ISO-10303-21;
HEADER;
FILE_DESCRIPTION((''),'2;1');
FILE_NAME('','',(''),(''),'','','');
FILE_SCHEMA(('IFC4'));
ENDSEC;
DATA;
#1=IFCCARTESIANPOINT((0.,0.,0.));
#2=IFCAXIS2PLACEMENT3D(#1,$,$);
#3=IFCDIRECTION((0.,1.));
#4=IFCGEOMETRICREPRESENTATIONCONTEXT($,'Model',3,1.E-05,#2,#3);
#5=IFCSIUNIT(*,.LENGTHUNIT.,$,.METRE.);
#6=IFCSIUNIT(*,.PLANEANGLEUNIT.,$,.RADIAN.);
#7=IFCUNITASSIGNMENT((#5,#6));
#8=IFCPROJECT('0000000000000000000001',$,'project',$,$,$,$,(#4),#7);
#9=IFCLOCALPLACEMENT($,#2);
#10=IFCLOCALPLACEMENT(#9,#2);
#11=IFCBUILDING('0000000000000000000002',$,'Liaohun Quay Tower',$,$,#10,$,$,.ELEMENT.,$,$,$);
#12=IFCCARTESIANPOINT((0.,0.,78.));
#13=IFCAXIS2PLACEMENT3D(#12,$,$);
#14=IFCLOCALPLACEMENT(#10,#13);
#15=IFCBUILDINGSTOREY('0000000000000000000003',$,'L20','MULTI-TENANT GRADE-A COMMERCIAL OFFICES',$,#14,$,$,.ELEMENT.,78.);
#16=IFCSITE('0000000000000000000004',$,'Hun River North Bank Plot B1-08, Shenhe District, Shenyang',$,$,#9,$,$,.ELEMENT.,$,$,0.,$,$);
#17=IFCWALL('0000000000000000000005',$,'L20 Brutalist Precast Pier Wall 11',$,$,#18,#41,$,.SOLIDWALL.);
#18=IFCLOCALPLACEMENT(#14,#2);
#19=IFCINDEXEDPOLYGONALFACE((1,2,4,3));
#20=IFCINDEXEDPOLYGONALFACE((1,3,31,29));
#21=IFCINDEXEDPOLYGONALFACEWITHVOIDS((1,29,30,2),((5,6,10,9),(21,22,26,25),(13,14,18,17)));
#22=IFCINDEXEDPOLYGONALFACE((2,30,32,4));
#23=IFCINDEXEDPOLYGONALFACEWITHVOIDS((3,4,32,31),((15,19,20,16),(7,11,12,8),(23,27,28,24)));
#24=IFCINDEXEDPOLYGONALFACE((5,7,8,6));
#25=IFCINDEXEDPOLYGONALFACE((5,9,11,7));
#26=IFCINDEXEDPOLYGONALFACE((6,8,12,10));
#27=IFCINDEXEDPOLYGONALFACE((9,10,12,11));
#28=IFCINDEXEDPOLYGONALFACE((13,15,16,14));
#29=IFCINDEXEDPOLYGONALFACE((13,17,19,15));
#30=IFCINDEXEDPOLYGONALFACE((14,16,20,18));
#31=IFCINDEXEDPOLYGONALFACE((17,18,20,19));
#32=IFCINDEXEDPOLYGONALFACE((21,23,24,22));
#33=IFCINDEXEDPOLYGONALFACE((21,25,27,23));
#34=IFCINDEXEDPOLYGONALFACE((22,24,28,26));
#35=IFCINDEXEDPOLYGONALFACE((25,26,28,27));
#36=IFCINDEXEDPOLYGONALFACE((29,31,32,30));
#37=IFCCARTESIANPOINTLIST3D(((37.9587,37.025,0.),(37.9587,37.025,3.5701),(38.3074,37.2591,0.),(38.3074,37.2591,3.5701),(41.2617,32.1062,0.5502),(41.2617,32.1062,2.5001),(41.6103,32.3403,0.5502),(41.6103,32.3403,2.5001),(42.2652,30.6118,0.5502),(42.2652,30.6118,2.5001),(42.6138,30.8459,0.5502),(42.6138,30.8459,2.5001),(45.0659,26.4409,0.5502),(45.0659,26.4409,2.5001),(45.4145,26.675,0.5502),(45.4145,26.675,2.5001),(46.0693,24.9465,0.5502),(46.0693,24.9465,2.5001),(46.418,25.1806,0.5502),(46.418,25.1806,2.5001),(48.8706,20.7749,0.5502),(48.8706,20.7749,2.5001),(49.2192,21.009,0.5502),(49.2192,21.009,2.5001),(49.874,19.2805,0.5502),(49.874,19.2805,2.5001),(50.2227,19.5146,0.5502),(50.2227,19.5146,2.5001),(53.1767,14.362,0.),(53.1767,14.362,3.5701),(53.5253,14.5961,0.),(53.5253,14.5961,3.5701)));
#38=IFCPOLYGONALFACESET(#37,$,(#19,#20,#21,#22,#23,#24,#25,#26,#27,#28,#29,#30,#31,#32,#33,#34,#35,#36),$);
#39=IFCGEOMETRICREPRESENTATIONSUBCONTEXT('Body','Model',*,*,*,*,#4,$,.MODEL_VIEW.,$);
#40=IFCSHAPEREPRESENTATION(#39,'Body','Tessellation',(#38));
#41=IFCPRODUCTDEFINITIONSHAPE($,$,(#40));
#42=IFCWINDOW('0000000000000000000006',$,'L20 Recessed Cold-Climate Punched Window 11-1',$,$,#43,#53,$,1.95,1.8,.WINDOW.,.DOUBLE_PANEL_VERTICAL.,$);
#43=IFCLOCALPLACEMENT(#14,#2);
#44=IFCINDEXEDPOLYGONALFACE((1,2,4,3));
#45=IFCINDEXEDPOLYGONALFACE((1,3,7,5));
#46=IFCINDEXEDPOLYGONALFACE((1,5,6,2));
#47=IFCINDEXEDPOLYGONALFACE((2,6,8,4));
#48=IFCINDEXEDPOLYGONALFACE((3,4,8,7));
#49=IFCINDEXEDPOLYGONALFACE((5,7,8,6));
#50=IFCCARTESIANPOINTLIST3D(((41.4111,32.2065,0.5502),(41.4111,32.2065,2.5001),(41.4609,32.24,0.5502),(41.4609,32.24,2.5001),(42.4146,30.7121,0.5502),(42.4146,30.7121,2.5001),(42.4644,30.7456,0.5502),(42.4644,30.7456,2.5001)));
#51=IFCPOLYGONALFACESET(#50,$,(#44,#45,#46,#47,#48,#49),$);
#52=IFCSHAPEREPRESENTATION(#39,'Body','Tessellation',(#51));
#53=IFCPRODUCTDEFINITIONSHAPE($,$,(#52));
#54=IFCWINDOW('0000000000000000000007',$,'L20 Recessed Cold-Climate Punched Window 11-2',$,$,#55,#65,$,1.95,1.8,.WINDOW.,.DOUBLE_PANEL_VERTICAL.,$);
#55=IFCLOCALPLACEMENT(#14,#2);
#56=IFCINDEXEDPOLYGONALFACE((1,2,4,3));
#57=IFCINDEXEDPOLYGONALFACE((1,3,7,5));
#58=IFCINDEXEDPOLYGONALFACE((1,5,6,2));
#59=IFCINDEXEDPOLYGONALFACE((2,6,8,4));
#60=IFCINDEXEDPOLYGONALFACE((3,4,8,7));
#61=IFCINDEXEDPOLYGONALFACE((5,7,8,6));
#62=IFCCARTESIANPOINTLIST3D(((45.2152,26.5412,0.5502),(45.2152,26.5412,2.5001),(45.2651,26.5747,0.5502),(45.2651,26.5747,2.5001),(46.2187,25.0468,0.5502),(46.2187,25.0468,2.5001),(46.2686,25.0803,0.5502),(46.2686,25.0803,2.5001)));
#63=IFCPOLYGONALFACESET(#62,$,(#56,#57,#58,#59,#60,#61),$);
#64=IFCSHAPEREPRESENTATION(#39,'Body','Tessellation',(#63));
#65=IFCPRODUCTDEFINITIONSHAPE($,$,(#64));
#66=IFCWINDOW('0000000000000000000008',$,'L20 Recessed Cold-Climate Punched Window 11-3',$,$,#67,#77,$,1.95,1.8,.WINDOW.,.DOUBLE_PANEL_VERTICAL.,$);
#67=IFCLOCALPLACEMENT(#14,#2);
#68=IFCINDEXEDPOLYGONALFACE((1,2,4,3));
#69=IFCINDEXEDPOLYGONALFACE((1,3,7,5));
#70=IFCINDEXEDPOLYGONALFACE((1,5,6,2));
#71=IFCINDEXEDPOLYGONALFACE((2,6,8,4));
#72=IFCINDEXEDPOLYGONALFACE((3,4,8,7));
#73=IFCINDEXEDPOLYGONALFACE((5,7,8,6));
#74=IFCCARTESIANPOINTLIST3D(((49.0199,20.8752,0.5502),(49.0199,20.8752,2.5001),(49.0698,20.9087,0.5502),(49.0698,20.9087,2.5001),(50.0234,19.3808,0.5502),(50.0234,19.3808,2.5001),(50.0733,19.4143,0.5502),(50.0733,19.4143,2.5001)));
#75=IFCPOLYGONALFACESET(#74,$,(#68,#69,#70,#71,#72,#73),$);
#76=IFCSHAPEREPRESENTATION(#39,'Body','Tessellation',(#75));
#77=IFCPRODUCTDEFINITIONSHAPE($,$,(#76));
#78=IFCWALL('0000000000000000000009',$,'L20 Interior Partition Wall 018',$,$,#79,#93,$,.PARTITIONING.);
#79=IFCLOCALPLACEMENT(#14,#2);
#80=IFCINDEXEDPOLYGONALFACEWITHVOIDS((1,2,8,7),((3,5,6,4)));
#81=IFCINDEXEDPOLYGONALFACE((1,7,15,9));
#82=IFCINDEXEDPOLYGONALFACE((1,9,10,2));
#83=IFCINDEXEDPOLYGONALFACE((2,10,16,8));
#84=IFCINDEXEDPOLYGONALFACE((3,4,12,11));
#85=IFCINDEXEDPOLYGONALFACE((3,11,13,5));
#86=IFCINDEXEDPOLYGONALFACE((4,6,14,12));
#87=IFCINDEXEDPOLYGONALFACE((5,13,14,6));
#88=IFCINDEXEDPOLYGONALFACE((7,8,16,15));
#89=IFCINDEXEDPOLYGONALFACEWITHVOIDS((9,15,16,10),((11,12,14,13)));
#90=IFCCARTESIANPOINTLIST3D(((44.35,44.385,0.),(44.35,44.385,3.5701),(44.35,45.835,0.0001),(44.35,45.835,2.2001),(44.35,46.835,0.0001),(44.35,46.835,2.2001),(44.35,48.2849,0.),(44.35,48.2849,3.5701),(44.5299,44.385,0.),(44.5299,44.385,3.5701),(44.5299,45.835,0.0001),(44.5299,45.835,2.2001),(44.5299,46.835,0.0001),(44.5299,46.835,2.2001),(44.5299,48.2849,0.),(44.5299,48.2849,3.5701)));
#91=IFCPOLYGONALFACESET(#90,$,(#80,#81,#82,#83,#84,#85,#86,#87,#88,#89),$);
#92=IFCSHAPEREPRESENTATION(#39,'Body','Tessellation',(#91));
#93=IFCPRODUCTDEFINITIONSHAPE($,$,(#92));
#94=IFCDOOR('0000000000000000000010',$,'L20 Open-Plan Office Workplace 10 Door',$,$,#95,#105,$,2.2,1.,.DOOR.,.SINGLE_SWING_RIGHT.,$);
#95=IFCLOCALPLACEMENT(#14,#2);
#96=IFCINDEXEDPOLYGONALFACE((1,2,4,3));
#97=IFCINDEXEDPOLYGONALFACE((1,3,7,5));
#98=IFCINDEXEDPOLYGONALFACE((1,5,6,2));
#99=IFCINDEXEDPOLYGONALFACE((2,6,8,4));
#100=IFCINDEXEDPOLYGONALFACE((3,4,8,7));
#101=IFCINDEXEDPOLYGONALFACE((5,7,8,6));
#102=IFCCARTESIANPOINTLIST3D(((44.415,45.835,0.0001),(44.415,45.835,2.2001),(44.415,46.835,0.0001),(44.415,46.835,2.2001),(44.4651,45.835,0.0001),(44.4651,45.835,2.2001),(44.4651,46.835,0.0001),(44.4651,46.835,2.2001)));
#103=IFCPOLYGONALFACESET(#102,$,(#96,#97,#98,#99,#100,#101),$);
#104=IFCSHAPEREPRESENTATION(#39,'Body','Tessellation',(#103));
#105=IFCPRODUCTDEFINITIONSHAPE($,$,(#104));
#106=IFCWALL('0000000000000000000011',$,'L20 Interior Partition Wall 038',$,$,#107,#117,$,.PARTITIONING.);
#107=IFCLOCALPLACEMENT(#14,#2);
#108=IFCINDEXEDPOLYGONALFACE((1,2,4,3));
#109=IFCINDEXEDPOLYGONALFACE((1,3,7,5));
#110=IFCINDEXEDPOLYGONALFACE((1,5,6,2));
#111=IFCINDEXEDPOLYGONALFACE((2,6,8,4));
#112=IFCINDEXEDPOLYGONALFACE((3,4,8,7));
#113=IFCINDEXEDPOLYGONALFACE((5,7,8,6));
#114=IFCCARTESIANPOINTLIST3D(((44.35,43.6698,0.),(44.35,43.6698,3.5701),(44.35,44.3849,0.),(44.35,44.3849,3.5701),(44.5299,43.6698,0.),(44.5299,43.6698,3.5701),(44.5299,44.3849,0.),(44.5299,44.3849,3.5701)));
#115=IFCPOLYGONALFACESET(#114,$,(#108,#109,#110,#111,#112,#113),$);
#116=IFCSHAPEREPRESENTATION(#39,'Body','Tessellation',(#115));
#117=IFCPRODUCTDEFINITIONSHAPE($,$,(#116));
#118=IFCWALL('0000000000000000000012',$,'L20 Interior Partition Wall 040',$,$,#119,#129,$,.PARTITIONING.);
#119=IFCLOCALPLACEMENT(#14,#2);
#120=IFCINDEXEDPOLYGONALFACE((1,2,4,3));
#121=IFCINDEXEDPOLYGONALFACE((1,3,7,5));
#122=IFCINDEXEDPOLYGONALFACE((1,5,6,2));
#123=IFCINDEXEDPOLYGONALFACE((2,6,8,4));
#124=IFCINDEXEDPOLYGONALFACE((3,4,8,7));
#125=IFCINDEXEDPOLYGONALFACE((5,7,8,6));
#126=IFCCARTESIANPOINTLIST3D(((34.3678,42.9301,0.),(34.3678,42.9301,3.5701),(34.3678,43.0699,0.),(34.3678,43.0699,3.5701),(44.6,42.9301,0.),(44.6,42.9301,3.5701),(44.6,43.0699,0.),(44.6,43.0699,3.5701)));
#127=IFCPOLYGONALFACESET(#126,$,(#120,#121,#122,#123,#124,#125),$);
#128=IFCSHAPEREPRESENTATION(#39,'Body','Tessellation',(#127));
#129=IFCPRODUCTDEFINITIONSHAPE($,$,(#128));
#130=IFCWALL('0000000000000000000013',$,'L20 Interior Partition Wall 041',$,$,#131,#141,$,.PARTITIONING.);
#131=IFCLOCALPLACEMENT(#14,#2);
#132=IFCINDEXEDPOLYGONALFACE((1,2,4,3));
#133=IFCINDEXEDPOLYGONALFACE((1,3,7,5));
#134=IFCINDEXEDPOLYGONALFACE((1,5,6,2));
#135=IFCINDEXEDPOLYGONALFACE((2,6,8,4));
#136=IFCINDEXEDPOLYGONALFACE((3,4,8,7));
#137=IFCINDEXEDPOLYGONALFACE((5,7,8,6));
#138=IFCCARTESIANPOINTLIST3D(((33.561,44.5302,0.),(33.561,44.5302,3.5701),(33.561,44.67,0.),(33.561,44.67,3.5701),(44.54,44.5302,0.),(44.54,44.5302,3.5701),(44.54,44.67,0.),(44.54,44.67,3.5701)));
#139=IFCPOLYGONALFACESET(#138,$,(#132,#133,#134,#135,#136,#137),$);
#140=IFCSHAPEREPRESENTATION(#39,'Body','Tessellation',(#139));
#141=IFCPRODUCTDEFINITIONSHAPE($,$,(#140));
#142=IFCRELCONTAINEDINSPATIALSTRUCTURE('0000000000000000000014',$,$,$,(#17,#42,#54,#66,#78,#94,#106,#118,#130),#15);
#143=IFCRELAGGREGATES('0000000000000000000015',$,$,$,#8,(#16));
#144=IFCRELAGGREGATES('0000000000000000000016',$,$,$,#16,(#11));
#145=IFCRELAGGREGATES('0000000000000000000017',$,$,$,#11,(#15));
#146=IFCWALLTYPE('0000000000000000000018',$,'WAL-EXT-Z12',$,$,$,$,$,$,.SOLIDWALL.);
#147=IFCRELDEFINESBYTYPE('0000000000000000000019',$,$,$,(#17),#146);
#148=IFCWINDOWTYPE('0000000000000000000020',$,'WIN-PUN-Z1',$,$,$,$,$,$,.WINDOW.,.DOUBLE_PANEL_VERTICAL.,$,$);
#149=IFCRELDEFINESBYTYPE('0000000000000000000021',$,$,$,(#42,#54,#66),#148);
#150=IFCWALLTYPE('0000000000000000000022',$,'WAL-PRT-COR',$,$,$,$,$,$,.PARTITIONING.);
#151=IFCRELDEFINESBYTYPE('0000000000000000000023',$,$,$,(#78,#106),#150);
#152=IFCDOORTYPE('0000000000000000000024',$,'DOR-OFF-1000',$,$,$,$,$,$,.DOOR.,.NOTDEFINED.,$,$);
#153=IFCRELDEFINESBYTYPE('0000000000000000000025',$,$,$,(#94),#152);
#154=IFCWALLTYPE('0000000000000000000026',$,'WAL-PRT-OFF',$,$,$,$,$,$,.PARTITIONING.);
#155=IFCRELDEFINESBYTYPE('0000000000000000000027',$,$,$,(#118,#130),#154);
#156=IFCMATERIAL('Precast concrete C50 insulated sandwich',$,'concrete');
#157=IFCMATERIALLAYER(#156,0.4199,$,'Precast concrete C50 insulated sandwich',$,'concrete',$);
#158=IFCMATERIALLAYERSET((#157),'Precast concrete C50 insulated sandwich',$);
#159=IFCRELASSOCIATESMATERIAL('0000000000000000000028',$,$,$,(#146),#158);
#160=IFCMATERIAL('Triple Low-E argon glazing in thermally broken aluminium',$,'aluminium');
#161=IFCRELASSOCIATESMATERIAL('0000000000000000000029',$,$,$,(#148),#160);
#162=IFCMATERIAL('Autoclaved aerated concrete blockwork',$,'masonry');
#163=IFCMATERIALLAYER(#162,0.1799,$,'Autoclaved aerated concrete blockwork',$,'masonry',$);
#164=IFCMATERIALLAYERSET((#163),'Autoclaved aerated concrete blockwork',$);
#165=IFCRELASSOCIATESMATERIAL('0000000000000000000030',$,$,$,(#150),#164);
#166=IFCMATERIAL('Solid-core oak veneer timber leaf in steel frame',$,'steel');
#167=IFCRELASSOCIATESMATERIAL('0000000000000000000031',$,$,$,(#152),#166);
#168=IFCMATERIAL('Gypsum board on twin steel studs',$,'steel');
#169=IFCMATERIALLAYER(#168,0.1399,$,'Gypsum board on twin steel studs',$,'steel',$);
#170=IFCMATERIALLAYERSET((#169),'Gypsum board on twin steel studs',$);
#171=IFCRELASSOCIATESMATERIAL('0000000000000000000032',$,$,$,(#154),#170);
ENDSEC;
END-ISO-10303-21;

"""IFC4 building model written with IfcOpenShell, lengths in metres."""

from ifc_helpers import new_model, si_unit, direction, frame, frame_2d, origin, place, context, subcontext, project, spatial, rectangle, extrude, source, transform, mapped, material, layer, layer_set, type_object, element, fill, save


model = new_model("IFC4")

# Units and contexts
model_context = context("Model", 3, precision=1e-05, world=origin(), true_north=direction((0.0, 1.0)))
body_context = subcontext(model_context, "Body", "Model", "MODEL_VIEW")
ifc_project = project(units=[si_unit("LENGTHUNIT", "METRE"), si_unit("PLANEANGLEUNIT", "RADIAN")], contexts=[model_context])

# Site, building, storey
site_placement = place(None, origin())
site = spatial("IfcSite", under=ifc_project, at=site_placement, Name="Hun River North Bank Plot B1-08, Shenhe District, Shenyang", CompositionType="ELEMENT", RefElevation=0.0)
building_placement = place(site_placement, origin())
building = spatial("IfcBuilding", under=site, at=building_placement, Name="Liaohun Quay Tower", CompositionType="ELEMENT")
storey_placement = place(building_placement, frame((0.0, 0.0, 78.0)))
storey = spatial("IfcBuildingStorey", under=building, at=storey_placement, Name="L20", Description="MULTI-TENANT GRADE-A COMMERCIAL OFFICES", CompositionType="ELEMENT", Elevation=78.0)

# Wall, openings, windows
ifc_material_1 = material(Name="Precast concrete C50 insulated sandwich", Category="concrete")
ifc_layer_1 = layer(ifc_material_1, 0.4199, Name="Precast concrete C50 insulated sandwich", Category="concrete")
ifc_layer_set_1 = layer_set([ifc_layer_1], Name="Precast concrete C50 insulated sandwich")
wall_type_1 = type_object("IfcWallType", Name="WAL-EXT-Z12", PredefinedType="SOLIDWALL", material=ifc_layer_set_1)
wall_1_placement = place(storey_placement, frame((38.1331, 37.1421, 0.0), z_axis=(0.0, 0.0, 1.0), x_axis=(0.557469, -0.830198, 0.0)))
wall_1 = element("IfcWall", 1, at=wall_1_placement, inside=storey, type_object=wall_type_1, Name="L20 Brutalist Precast Pier Wall 11", PredefinedType="SOLIDWALL", context=body_context, shape_type="SweptSolid", body=[
    extrude(rectangle(XDim=27.2983, YDim=0.4199, at=frame_2d((13.6492, 0.0))), origin(), (0.0, 0.0, 1.0), 3.5701),
])
shared_shape_1 = source(origin(), body_context, "Body", "SweptSolid", [
    extrude(rectangle(XDim=1.8, YDim=1.95, at=frame_2d((0.8999, 0.9751))), frame((0.0, 0.22, 0.0), z_axis=(0.0, -1.0, 0.0), x_axis=(1.0, 0.0, 0.0)), (0.0, 0.0, 1.0), 0.4399),
])
opening_1_placement = place(wall_1_placement, frame((5.925, 0.0, 0.55)))
opening_1 = element("IfcOpeningElement", 2, at=opening_1_placement, cuts=wall_1, PredefinedType="OPENING", context=body_context, shape_type="MappedRepresentation", body=[
    mapped(shared_shape_1, transform((0.0, 0.0, 0.0), x_axis=(1.0, 0.0, 0.0), y_axis=(0.0, 1.0, 0.0), z_axis=(0.0, 0.0, 1.0), scale=1.0)),
])
opening_2_placement = place(wall_1_placement, frame((12.749, 0.0, 0.55)))
opening_2 = element("IfcOpeningElement", 3, at=opening_2_placement, cuts=wall_1, PredefinedType="OPENING", context=body_context, shape_type="MappedRepresentation", body=[
    mapped(shared_shape_1, transform((0.0, 0.0, 0.0), x_axis=(1.0, 0.0, 0.0), y_axis=(0.0, 1.0, 0.0), z_axis=(0.0, 0.0, 1.0), scale=1.0)),
])
opening_3_placement = place(wall_1_placement, frame((19.574, 0.0, 0.55)))
opening_3 = element("IfcOpeningElement", 4, at=opening_3_placement, cuts=wall_1, PredefinedType="OPENING", context=body_context, shape_type="MappedRepresentation", body=[
    mapped(shared_shape_1, transform((0.0, 0.0, 0.0), x_axis=(1.0, 0.0, 0.0), y_axis=(0.0, 1.0, 0.0), z_axis=(0.0, 0.0, 1.0), scale=1.0)),
])
ifc_material_2 = material(Name="Triple Low-E argon glazing in thermally broken aluminium", Category="aluminium")
window_type = type_object("IfcWindowType", Name="WIN-PUN-Z1", PartitioningType="DOUBLE_PANEL_VERTICAL", PredefinedType="WINDOW", material=ifc_material_2)
shared_shape_2 = source(origin(), body_context, "Body", "SweptSolid", [
    extrude(rectangle(XDim=1.8, YDim=1.95, at=frame_2d((0.8999, 0.9751))), frame((0.0, 0.03, 0.0), z_axis=(0.0, -1.0, 0.0), x_axis=(1.0, 0.0, 0.0)), (0.0, 0.0, 1.0), 0.0601),
])
window_1_placement = place(opening_1_placement, origin())
window_1 = element("IfcWindow", 5, at=window_1_placement, inside=storey, type_object=window_type, Name="L20 Recessed Cold-Climate Punched Window 11-1", OverallHeight=1.95, OverallWidth=1.8, PartitioningType="DOUBLE_PANEL_VERTICAL", PredefinedType="WINDOW", context=body_context, shape_type="MappedRepresentation", body=[
    mapped(shared_shape_2, transform((0.0, 0.0, 0.0), x_axis=(1.0, 0.0, 0.0), y_axis=(0.0, 1.0, 0.0), z_axis=(0.0, 0.0, 1.0), scale=1.0)),
])
fill(opening_1, window_1)
window_2_placement = place(opening_2_placement, origin())
window_2 = element("IfcWindow", 6, at=window_2_placement, inside=storey, type_object=window_type, Name="L20 Recessed Cold-Climate Punched Window 11-2", OverallHeight=1.95, OverallWidth=1.8, PartitioningType="DOUBLE_PANEL_VERTICAL", PredefinedType="WINDOW", context=body_context, shape_type="MappedRepresentation", body=[
    mapped(shared_shape_2, transform((0.0, 0.0, 0.0), x_axis=(1.0, 0.0, 0.0), y_axis=(0.0, 1.0, 0.0), z_axis=(0.0, 0.0, 1.0), scale=1.0)),
])
fill(opening_2, window_2)
window_3_placement = place(opening_3_placement, origin())
window_3 = element("IfcWindow", 7, at=window_3_placement, inside=storey, type_object=window_type, Name="L20 Recessed Cold-Climate Punched Window 11-3", OverallHeight=1.95, OverallWidth=1.8, PartitioningType="DOUBLE_PANEL_VERTICAL", PredefinedType="WINDOW", context=body_context, shape_type="MappedRepresentation", body=[
    mapped(shared_shape_2, transform((0.0, 0.0, 0.0), x_axis=(1.0, 0.0, 0.0), y_axis=(0.0, 1.0, 0.0), z_axis=(0.0, 0.0, 1.0), scale=1.0)),
])
fill(opening_3, window_3)

# Wall, opening, door
ifc_material_3 = material(Name="Autoclaved aerated concrete blockwork", Category="masonry")
ifc_layer_2 = layer(ifc_material_3, 0.1799, Name="Autoclaved aerated concrete blockwork", Category="masonry")
ifc_layer_set_2 = layer_set([ifc_layer_2], Name="Autoclaved aerated concrete blockwork")
wall_type_2 = type_object("IfcWallType", Name="WAL-PRT-COR", PredefinedType="PARTITIONING", material=ifc_layer_set_2)
wall_2_placement = place(storey_placement, frame((44.4399, 44.385, 0.0), z_axis=(0.0, 0.0, 1.0), x_axis=(0.0, 1.0, 0.0)))
wall_2 = element("IfcWall", 8, at=wall_2_placement, inside=storey, type_object=wall_type_2, Name="L20 Interior Partition Wall 018", PredefinedType="PARTITIONING", context=body_context, shape_type="SweptSolid", body=[
    extrude(rectangle(XDim=3.8999, YDim=0.1799, at=frame_2d((1.95, 0.0))), origin(), (0.0, 0.0, 1.0), 3.5701),
])
shared_shape_3 = source(origin(), body_context, "Body", "SweptSolid", [
    extrude(rectangle(XDim=1.0, YDim=2.2, at=frame_2d((0.5, 1.1001))), frame((0.0, 0.0999, 0.0), z_axis=(0.0, -1.0, 0.0), x_axis=(1.0, 0.0, 0.0)), (0.0, 0.0, 1.0), 0.2),
])
opening_4_placement = place(wall_2_placement, frame((1.45, 0.0, 0.0)))
opening_4 = element("IfcOpeningElement", 9, at=opening_4_placement, cuts=wall_2, PredefinedType="OPENING", context=body_context, shape_type="MappedRepresentation", body=[
    mapped(shared_shape_3, transform((0.0, 0.0, 0.0), x_axis=(1.0, 0.0, 0.0), y_axis=(0.0, 1.0, 0.0), z_axis=(0.0, 0.0, 1.0), scale=1.0)),
])
ifc_material_4 = material(Name="Solid-core oak veneer timber leaf in steel frame", Category="steel")
door_type = type_object("IfcDoorType", Name="DOR-OFF-1000", OperationType="NOTDEFINED", PredefinedType="DOOR", material=ifc_material_4)
shared_shape_4 = source(origin(), body_context, "Body", "SweptSolid", [
    extrude(rectangle(XDim=1.0, YDim=2.2, at=frame_2d((0.5, 1.1001))), frame((0.0, 0.0249, 0.0), z_axis=(0.0, -1.0, 0.0), x_axis=(1.0, 0.0, 0.0)), (0.0, 0.0, 1.0), 0.05),
])
door_placement = place(opening_4_placement, origin())
door = element("IfcDoor", 10, at=door_placement, inside=storey, type_object=door_type, Name="L20 Open-Plan Office Workplace 10 Door", OperationType="SINGLE_SWING_RIGHT", OverallHeight=2.2, OverallWidth=1.0, PredefinedType="DOOR", context=body_context, shape_type="MappedRepresentation", body=[
    mapped(shared_shape_4, transform((0.0, 0.0, 0.0), x_axis=(1.0, 0.0, 0.0), y_axis=(0.0, 1.0, 0.0), z_axis=(0.0, 0.0, 1.0), scale=1.0)),
])
fill(opening_4, door)

# Walls
wall_3_placement = place(storey_placement, frame((44.4399, 43.6699, 0.0), z_axis=(0.0, 0.0, 1.0), x_axis=(0.0, 1.0, 0.0)))
element("IfcWall", 11, at=wall_3_placement, inside=storey, type_object=wall_type_2, Name="L20 Interior Partition Wall 038", PredefinedType="PARTITIONING", context=body_context, shape_type="SweptSolid", body=[
    extrude(rectangle(XDim=0.7151, YDim=0.1799, at=frame_2d((0.3574, 0.0))), origin(), (0.0, 0.0, 1.0), 3.5701),
])
ifc_material_5 = material(Name="Gypsum board on twin steel studs", Category="steel")
ifc_layer_3 = layer(ifc_material_5, 0.1399, Name="Gypsum board on twin steel studs", Category="steel")
ifc_layer_set_3 = layer_set([ifc_layer_3], Name="Gypsum board on twin steel studs")
wall_type_3 = type_object("IfcWallType", Name="WAL-PRT-OFF", PredefinedType="PARTITIONING", material=ifc_layer_set_3)
wall_4_placement = place(storey_placement, frame((44.6001, 43.0, 0.0), z_axis=(0.0, 0.0, 1.0), x_axis=(-1.0, 0.0, 0.0)))
element("IfcWall", 12, at=wall_4_placement, inside=storey, type_object=wall_type_3, Name="L20 Interior Partition Wall 040", PredefinedType="PARTITIONING", context=body_context, shape_type="SweptSolid", body=[
    extrude(rectangle(XDim=10.2322, YDim=0.1399, at=frame_2d((5.1162, 0.0))), origin(), (0.0, 0.0, 1.0), 3.5701),
])
wall_5_placement = place(storey_placement, frame((44.54, 44.6001, 0.0), z_axis=(0.0, 0.0, 1.0), x_axis=(-1.0, 0.0, 0.0)))
element("IfcWall", 13, at=wall_5_placement, inside=storey, type_object=wall_type_3, Name="L20 Interior Partition Wall 041", PredefinedType="PARTITIONING", context=body_context, shape_type="SweptSolid", body=[
    extrude(rectangle(XDim=10.979, YDim=0.1399, at=frame_2d((5.4895, 0.0))), origin(), (0.0, 0.0, 1.0), 3.5701),
])

save(model, "model.ifc")
